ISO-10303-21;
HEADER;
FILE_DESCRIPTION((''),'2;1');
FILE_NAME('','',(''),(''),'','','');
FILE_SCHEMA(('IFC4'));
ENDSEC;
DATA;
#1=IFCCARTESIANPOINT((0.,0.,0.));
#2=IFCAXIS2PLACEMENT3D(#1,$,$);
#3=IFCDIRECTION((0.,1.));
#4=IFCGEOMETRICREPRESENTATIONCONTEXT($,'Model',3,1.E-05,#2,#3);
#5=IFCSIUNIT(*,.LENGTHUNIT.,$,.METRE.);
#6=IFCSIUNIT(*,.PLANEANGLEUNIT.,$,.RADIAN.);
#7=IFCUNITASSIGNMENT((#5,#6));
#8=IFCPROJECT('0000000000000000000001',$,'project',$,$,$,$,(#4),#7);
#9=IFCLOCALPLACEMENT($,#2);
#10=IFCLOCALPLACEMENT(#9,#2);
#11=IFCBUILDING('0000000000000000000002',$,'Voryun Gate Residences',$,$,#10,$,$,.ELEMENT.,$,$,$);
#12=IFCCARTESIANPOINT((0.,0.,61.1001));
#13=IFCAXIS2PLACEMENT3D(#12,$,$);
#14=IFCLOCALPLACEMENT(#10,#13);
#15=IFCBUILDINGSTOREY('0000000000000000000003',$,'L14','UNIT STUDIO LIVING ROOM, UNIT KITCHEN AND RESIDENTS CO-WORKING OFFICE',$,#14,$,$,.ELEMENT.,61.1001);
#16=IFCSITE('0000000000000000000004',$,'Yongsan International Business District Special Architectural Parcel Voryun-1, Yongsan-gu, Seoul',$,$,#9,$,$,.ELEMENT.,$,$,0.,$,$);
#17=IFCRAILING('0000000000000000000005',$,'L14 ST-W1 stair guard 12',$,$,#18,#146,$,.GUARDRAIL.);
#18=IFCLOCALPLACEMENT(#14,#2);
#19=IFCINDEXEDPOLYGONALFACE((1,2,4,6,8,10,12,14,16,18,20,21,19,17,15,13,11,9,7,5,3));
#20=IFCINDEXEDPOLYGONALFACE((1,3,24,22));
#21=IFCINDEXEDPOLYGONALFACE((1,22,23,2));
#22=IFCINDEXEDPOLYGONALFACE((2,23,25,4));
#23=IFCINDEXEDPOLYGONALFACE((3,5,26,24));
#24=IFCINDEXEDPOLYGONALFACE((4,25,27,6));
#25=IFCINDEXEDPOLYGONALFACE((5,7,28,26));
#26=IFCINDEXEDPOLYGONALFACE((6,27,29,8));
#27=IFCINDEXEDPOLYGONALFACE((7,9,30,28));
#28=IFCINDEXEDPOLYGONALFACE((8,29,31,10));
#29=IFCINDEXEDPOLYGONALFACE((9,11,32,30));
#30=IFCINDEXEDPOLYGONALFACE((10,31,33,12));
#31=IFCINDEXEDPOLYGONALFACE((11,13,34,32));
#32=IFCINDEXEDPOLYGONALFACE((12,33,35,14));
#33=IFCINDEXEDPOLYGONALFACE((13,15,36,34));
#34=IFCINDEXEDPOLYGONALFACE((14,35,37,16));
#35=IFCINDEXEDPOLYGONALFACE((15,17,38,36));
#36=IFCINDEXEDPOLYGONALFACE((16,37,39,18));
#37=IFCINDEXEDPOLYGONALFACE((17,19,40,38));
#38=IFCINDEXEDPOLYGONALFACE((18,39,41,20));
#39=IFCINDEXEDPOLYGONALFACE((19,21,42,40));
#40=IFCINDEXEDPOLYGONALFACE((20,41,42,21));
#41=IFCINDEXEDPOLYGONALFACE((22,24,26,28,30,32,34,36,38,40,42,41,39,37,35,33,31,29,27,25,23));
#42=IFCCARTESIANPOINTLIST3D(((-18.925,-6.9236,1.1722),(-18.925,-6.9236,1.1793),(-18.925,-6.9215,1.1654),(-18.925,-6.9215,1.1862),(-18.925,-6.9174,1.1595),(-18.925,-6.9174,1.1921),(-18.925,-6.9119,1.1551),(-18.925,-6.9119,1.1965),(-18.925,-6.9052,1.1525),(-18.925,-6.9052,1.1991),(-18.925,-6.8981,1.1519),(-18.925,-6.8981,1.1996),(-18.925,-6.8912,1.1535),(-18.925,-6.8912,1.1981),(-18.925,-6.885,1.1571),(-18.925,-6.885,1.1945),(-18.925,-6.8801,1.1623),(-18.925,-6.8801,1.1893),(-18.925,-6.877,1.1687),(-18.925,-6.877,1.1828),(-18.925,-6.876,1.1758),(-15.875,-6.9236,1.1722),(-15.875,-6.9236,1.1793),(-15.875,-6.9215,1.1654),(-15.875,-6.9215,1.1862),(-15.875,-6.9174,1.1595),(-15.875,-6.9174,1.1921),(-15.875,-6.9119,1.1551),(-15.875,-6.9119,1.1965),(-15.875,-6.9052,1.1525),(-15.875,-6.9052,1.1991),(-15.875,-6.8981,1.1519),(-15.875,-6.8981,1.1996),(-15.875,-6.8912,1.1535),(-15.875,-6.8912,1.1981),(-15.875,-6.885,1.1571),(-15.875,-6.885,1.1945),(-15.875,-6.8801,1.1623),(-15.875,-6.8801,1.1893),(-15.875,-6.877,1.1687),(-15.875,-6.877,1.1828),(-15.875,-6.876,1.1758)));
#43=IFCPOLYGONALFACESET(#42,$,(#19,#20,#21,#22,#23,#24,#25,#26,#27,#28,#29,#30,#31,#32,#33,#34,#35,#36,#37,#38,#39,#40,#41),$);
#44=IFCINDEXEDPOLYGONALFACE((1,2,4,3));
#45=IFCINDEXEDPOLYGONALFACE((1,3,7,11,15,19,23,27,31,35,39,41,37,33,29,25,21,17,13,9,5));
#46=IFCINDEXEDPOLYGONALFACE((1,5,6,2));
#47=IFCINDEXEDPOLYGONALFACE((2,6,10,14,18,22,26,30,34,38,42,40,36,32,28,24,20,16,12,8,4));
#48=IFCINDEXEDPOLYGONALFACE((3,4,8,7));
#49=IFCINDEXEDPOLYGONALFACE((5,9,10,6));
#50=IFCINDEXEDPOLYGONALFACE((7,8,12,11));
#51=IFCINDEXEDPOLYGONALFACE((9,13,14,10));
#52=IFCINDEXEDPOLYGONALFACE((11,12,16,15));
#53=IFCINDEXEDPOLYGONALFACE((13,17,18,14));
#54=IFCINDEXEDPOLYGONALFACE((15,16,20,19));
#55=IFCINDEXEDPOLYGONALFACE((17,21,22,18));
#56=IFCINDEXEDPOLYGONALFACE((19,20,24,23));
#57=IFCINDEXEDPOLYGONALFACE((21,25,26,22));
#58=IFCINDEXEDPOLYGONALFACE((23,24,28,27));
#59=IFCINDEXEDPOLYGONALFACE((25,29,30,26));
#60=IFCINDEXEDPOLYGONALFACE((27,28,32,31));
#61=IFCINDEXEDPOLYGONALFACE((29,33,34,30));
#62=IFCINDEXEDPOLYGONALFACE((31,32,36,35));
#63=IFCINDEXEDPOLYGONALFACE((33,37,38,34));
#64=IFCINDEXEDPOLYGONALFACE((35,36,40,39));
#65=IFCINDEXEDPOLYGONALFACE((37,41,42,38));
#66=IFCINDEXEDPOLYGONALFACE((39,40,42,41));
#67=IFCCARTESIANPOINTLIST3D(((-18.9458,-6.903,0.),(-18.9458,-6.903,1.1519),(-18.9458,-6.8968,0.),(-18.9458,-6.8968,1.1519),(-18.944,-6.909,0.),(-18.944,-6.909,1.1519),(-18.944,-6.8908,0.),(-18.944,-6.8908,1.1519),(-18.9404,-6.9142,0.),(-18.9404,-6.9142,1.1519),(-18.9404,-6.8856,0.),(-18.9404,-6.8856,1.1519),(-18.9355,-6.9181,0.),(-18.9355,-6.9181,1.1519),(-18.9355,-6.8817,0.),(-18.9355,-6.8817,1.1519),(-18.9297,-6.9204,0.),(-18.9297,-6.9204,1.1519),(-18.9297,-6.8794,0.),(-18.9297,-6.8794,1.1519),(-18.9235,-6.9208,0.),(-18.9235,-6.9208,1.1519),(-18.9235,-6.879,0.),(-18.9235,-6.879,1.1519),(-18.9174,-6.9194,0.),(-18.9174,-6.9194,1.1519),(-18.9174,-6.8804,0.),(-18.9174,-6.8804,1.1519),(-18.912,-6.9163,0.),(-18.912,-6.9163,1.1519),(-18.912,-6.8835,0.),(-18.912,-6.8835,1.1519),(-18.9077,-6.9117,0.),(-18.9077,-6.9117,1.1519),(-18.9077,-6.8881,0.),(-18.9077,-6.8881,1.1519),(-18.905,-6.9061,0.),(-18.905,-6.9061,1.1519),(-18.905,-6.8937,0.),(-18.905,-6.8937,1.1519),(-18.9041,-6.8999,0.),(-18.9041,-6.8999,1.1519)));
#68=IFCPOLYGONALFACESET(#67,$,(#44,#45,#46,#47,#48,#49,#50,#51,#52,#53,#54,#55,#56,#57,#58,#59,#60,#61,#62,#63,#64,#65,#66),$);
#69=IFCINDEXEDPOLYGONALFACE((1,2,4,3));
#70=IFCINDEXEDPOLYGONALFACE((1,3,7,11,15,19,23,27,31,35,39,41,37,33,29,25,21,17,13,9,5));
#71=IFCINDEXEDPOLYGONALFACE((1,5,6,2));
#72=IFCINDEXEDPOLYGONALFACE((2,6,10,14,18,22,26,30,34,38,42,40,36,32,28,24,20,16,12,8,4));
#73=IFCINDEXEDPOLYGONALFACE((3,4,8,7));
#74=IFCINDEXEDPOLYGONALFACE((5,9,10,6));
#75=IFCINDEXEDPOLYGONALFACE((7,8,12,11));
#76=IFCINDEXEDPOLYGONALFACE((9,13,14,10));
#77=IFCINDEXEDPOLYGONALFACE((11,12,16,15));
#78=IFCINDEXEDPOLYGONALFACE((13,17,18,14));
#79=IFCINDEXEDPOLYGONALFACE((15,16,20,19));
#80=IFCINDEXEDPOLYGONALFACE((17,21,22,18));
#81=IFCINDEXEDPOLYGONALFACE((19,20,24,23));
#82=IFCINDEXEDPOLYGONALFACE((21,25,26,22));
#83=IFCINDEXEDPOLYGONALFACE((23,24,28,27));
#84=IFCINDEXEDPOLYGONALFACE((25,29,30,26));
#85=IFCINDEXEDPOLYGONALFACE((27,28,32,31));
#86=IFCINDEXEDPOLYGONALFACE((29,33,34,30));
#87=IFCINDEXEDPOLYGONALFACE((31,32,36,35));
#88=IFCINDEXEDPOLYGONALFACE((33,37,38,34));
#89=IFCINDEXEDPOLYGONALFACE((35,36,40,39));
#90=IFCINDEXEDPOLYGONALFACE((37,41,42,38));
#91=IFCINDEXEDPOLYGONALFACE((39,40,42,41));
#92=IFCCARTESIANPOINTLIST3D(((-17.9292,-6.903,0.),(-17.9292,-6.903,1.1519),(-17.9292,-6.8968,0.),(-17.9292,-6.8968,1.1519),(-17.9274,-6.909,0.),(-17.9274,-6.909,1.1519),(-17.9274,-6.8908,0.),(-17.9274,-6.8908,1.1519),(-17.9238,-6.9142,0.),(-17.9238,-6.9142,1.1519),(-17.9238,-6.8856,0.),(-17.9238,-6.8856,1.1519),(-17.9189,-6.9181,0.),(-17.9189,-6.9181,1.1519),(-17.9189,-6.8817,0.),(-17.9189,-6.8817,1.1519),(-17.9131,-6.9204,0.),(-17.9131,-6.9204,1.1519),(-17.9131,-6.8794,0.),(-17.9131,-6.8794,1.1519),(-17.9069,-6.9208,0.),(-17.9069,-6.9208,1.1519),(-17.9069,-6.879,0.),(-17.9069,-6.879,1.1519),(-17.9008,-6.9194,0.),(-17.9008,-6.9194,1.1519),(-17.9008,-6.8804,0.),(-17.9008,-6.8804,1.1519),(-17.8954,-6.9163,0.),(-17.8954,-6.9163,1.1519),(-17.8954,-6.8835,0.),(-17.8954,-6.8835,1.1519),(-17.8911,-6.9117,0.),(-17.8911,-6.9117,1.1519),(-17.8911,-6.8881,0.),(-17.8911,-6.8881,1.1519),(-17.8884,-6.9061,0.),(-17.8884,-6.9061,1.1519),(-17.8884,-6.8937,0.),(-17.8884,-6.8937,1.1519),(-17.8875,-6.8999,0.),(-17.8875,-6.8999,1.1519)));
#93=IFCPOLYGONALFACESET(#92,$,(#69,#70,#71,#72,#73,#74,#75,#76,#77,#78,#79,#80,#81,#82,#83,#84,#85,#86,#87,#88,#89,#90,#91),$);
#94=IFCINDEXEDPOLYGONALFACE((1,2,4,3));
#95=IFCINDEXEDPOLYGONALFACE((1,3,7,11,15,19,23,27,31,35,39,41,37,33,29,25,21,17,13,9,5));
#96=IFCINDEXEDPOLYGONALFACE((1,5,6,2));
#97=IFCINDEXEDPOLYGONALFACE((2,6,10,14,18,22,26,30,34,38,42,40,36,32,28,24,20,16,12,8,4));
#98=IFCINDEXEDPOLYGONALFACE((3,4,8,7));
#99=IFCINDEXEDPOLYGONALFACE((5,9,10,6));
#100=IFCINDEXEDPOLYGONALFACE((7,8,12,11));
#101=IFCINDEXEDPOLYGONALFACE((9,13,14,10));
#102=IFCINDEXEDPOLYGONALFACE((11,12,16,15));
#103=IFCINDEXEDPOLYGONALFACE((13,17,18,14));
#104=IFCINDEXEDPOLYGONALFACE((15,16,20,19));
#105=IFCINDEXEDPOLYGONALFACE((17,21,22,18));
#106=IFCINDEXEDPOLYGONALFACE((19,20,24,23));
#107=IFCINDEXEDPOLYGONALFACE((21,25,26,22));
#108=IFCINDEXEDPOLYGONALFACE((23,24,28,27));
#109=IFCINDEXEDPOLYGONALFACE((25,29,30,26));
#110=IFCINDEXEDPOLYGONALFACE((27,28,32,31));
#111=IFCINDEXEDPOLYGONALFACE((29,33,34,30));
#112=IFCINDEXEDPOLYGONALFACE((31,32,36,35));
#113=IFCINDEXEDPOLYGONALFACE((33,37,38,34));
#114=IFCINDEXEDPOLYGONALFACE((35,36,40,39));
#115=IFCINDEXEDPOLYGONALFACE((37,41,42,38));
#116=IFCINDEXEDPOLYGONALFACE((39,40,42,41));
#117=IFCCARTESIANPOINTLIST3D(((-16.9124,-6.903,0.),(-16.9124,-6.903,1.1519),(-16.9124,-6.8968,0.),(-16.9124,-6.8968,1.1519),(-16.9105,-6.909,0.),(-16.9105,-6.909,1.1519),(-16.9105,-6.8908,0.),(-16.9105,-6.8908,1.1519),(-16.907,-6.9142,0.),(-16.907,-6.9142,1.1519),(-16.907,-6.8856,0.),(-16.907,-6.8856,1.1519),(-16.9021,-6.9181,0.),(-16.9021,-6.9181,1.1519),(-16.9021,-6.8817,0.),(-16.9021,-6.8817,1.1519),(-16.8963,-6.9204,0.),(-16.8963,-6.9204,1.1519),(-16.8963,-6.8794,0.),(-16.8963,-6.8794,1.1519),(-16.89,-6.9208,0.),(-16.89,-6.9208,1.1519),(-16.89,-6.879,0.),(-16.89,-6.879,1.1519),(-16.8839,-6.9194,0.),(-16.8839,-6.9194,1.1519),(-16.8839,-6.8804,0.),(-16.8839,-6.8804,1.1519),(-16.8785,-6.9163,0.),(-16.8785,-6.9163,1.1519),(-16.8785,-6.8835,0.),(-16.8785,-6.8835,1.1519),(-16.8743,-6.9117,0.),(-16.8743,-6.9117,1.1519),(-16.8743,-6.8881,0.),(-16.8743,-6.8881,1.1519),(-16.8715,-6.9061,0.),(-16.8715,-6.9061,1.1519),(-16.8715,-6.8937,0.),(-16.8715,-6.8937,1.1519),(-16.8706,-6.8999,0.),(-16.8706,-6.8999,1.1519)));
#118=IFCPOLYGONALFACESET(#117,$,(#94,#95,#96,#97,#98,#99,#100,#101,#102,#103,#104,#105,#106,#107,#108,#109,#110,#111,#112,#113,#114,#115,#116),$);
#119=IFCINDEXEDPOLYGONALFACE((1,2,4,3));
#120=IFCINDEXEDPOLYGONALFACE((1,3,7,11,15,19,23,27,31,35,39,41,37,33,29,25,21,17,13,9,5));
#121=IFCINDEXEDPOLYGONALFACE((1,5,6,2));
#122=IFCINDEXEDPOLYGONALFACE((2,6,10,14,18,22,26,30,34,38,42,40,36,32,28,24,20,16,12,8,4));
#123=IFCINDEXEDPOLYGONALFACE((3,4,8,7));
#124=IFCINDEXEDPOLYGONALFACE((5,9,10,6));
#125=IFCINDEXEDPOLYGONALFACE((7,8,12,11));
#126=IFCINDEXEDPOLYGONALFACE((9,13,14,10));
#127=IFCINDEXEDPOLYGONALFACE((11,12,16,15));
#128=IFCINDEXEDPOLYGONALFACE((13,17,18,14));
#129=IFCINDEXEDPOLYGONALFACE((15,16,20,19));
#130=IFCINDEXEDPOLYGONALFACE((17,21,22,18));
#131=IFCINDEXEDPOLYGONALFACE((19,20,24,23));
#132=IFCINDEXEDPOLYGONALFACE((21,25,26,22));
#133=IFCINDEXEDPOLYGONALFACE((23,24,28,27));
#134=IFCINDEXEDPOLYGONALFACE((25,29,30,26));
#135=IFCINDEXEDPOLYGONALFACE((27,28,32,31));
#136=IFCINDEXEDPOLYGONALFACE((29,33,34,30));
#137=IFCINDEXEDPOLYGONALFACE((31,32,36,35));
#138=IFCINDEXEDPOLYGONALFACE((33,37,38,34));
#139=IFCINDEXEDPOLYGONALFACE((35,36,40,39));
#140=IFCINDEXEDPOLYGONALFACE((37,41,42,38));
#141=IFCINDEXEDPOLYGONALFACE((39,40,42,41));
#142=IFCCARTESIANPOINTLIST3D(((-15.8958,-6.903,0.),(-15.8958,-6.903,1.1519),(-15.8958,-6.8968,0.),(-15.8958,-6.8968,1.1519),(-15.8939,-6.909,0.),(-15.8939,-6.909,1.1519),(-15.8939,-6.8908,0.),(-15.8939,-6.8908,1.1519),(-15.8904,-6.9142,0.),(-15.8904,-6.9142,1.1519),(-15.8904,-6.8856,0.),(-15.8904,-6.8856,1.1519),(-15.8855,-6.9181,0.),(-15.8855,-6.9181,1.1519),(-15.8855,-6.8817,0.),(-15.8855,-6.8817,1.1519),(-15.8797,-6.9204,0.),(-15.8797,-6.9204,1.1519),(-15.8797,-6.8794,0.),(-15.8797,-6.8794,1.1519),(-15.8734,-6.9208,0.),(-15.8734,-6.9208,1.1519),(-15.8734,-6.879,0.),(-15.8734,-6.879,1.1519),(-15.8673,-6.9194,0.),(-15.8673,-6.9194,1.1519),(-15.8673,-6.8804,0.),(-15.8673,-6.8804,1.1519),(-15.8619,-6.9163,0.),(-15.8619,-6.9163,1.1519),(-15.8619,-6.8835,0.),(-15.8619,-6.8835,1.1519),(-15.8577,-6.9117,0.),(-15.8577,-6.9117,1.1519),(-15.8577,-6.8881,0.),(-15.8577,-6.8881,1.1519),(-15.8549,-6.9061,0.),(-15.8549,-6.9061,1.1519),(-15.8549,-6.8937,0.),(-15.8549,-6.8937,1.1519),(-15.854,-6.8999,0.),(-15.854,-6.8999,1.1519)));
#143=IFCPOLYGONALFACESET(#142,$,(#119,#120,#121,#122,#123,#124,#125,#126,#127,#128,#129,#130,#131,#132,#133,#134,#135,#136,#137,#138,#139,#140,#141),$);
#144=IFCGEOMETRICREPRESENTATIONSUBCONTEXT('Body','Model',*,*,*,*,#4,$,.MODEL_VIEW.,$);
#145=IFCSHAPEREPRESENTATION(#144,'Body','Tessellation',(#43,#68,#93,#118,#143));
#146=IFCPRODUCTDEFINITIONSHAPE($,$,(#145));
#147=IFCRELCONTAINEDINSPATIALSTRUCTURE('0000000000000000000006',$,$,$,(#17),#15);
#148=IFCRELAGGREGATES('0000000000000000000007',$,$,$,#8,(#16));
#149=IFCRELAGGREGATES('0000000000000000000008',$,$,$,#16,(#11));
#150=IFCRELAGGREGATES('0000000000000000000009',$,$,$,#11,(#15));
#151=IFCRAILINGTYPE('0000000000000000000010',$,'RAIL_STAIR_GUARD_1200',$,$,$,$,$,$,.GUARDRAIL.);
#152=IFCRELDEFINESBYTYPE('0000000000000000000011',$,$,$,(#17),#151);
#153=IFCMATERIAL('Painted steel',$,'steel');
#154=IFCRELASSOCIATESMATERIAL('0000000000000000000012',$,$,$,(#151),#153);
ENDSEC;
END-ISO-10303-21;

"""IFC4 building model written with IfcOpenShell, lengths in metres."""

from ifc_helpers import new_model, si_unit, direction, frame, origin, origin_2d, place, context, subcontext, project, spatial, circle, extrude, material, type_object, element, save


model = new_model("IFC4")

# Units and contexts
model_context = context("Model", 3, precision=1e-05, world=origin(), true_north=direction((0.0, 1.0)))
body_context = subcontext(model_context, "Body", "Model", "MODEL_VIEW")
ifc_project = project(units=[si_unit("LENGTHUNIT", "METRE"), si_unit("PLANEANGLEUNIT", "RADIAN")], contexts=[model_context])

# Site, building, storey
site_placement = place(None, origin())
site = spatial("IfcSite", under=ifc_project, at=site_placement, Name="Yongsan International Business District Special Architectural Parcel Voryun-1, Yongsan-gu, Seoul", CompositionType="ELEMENT", RefElevation=0.0)
building_placement = place(site_placement, origin())
building = spatial("IfcBuilding", under=site, at=building_placement, Name="Voryun Gate Residences", CompositionType="ELEMENT")
storey_placement = place(building_placement, frame((0.0, 0.0, 61.1001)))
storey = spatial("IfcBuildingStorey", under=building, at=storey_placement, Name="L14", Description="UNIT STUDIO LIVING ROOM, UNIT KITCHEN AND RESIDENTS CO-WORKING OFFICE", CompositionType="ELEMENT", Elevation=61.1001)

# Railing
ifc_material_1 = material(Name="Painted steel", Category="steel")
railing_type = type_object("IfcRailingType", Name="RAIL_STAIR_GUARD_1200", PredefinedType="GUARDRAIL", material=ifc_material_1)
railing_1_placement = place(storey_placement, frame((-18.925, -6.8999, 0.0)))
element("IfcRailing", 1, at=railing_1_placement, inside=storey, type_object=railing_type, Name="L14 ST-W1 stair guard 12", PredefinedType="GUARDRAIL", context=body_context, shape_type="SweptSolid", body=[
    extrude(circle(Radius=0.0239, at=origin_2d()), frame((0.0, 0.0, 1.1758), z_axis=(1.0, 0.0, 0.0), x_axis=(0.0, 1.0, 0.0)), (0.0, 0.0, 1.0), 3.05),
    extrude(circle(Radius=0.021, at=origin_2d()), origin(), (0.0, 0.0, 1.0), 1.1519),
    extrude(circle(Radius=0.021, at=origin_2d()), frame((1.0166, 0.0, 0.0)), (0.0, 0.0, 1.0), 1.1519),
    extrude(circle(Radius=0.021, at=origin_2d()), frame((2.0334, 0.0, 0.0)), (0.0, 0.0, 1.0), 1.1519),
    extrude(circle(Radius=0.021, at=origin_2d()), frame((3.05, 0.0, 0.0)), (0.0, 0.0, 1.0), 1.1519),
])

save(model, "model.ifc")
